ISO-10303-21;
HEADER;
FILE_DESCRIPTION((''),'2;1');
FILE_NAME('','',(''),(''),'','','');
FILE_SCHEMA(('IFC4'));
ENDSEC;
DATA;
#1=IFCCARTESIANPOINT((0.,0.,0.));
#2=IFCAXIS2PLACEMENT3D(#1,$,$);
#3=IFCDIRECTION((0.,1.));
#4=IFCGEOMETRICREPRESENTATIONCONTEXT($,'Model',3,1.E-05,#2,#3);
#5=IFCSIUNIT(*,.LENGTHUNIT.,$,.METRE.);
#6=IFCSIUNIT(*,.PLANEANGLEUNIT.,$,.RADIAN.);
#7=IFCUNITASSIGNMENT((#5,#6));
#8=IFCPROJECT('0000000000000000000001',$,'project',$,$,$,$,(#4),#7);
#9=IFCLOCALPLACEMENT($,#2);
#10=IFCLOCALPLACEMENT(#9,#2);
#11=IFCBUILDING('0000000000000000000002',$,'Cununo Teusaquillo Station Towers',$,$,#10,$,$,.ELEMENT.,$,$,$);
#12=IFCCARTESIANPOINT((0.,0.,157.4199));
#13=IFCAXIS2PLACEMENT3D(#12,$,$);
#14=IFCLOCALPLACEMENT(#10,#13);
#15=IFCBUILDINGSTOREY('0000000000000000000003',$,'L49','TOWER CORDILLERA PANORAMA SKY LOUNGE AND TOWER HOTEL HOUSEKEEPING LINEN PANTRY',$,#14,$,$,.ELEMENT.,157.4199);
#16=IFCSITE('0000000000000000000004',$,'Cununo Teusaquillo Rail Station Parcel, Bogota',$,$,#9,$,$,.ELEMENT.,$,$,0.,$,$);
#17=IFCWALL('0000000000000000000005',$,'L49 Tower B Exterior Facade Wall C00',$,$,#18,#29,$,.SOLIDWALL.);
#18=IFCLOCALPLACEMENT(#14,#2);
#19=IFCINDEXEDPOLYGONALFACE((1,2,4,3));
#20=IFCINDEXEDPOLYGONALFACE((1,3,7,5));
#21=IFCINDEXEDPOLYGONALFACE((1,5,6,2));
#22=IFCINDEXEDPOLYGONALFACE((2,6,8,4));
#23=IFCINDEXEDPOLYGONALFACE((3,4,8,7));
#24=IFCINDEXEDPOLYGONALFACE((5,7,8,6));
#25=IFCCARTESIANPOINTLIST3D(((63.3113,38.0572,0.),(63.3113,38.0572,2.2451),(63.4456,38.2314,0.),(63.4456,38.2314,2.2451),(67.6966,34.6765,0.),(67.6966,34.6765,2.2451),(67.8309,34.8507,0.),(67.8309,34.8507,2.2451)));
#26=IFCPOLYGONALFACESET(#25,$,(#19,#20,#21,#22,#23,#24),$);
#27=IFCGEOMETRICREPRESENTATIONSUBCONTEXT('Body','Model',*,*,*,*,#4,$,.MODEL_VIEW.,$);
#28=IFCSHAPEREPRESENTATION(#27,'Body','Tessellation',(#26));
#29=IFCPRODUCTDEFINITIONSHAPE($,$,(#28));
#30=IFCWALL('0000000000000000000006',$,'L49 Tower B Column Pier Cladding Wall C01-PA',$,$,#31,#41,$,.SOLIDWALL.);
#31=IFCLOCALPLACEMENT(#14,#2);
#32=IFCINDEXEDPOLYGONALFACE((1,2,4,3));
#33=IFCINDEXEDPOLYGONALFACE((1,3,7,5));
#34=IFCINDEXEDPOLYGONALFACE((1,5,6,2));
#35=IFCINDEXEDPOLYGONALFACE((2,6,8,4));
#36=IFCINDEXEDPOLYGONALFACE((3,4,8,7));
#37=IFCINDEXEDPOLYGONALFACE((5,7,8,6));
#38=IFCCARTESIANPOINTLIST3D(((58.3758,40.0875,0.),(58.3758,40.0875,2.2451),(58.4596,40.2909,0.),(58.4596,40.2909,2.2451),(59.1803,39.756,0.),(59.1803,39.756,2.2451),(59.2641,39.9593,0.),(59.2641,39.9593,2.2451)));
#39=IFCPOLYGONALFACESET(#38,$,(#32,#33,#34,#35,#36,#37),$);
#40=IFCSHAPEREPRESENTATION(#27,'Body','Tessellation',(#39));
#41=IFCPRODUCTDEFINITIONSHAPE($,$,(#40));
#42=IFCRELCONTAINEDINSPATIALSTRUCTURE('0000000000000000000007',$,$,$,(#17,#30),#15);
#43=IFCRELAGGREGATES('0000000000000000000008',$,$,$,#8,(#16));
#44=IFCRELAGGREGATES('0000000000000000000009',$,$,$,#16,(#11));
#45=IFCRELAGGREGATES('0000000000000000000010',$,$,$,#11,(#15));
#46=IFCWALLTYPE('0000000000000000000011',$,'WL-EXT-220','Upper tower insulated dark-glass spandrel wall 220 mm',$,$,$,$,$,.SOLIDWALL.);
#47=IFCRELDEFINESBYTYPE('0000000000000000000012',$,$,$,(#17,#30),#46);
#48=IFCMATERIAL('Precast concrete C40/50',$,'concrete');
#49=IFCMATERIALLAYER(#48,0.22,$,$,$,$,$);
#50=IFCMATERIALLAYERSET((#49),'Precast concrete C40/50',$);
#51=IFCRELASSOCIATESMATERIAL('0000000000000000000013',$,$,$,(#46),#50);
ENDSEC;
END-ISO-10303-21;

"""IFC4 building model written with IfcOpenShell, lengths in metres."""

from ifc_helpers import new_model, si_unit, direction, frame, frame_2d, origin, place, context, subcontext, project, spatial, rectangle, extrude, material, layer, layer_set, type_object, element, save


model = new_model("IFC4")

# Units and contexts
model_context = context("Model", 3, precision=1e-05, world=origin(), true_north=direction((0.0, 1.0)))
body_context = subcontext(model_context, "Body", "Model", "MODEL_VIEW")
ifc_project = project(units=[si_unit("LENGTHUNIT", "METRE"), si_unit("PLANEANGLEUNIT", "RADIAN")], contexts=[model_context])

# Site, building, storey
site_placement = place(None, origin())
site = spatial("IfcSite", under=ifc_project, at=site_placement, Name="Cununo Teusaquillo Rail Station Parcel, Bogota", CompositionType="ELEMENT", RefElevation=0.0)
building_placement = place(site_placement, origin())
building = spatial("IfcBuilding", under=site, at=building_placement, Name="Cununo Teusaquillo Station Towers", CompositionType="ELEMENT")
storey_placement = place(building_placement, frame((0.0, 0.0, 157.4199)))
storey = spatial("IfcBuildingStorey", under=building, at=storey_placement, Name="L49", Description="TOWER CORDILLERA PANORAMA SKY LOUNGE AND TOWER HOTEL HOUSEKEEPING LINEN PANTRY", CompositionType="ELEMENT", Elevation=157.4199)

# Walls
ifc_material_1 = material(Name="Precast concrete C40/50", Category="concrete")
ifc_layer_1 = layer(ifc_material_1, 0.22)
ifc_layer_set_1 = layer_set([ifc_layer_1], Name="Precast concrete C40/50")
wall_type = type_object("IfcWallType", Name="WL-EXT-220", Description="Upper tower insulated dark-glass spandrel wall 220 mm", PredefinedType="SOLIDWALL", material=ifc_layer_set_1)
wall_1_placement = place(storey_placement, frame((63.3784, 38.1443, 0.0), z_axis=(0.0, 0.0, 1.0), x_axis=(0.791983, -0.610544, 0.0)))
element("IfcWall", 1, at=wall_1_placement, inside=storey, type_object=wall_type, Name="L49 Tower B Exterior Facade Wall C00", PredefinedType="SOLIDWALL", context=body_context, shape_type="SweptSolid", body=[
    extrude(rectangle(XDim=5.5371, YDim=0.22, at=frame_2d((2.7686, 0.0))), origin(), (0.0, 0.0, 1.0), 2.2451),
])
wall_2_placement = place(storey_placement, frame((58.4177, 40.1892, 0.0), z_axis=(0.0, 0.0, 1.0), x_axis=(0.924556, -0.381046, 0.0)))
element("IfcWall", 2, at=wall_2_placement, inside=storey, type_object=wall_type, Name="L49 Tower B Column Pier Cladding Wall C01-PA", PredefinedType="SOLIDWALL", context=body_context, shape_type="SweptSolid", body=[
    extrude(rectangle(XDim=0.8701, YDim=0.22, at=frame_2d((0.4351, 0.0))), origin(), (0.0, 0.0, 1.0), 2.2451),
])

save(model, "model.ifc")
